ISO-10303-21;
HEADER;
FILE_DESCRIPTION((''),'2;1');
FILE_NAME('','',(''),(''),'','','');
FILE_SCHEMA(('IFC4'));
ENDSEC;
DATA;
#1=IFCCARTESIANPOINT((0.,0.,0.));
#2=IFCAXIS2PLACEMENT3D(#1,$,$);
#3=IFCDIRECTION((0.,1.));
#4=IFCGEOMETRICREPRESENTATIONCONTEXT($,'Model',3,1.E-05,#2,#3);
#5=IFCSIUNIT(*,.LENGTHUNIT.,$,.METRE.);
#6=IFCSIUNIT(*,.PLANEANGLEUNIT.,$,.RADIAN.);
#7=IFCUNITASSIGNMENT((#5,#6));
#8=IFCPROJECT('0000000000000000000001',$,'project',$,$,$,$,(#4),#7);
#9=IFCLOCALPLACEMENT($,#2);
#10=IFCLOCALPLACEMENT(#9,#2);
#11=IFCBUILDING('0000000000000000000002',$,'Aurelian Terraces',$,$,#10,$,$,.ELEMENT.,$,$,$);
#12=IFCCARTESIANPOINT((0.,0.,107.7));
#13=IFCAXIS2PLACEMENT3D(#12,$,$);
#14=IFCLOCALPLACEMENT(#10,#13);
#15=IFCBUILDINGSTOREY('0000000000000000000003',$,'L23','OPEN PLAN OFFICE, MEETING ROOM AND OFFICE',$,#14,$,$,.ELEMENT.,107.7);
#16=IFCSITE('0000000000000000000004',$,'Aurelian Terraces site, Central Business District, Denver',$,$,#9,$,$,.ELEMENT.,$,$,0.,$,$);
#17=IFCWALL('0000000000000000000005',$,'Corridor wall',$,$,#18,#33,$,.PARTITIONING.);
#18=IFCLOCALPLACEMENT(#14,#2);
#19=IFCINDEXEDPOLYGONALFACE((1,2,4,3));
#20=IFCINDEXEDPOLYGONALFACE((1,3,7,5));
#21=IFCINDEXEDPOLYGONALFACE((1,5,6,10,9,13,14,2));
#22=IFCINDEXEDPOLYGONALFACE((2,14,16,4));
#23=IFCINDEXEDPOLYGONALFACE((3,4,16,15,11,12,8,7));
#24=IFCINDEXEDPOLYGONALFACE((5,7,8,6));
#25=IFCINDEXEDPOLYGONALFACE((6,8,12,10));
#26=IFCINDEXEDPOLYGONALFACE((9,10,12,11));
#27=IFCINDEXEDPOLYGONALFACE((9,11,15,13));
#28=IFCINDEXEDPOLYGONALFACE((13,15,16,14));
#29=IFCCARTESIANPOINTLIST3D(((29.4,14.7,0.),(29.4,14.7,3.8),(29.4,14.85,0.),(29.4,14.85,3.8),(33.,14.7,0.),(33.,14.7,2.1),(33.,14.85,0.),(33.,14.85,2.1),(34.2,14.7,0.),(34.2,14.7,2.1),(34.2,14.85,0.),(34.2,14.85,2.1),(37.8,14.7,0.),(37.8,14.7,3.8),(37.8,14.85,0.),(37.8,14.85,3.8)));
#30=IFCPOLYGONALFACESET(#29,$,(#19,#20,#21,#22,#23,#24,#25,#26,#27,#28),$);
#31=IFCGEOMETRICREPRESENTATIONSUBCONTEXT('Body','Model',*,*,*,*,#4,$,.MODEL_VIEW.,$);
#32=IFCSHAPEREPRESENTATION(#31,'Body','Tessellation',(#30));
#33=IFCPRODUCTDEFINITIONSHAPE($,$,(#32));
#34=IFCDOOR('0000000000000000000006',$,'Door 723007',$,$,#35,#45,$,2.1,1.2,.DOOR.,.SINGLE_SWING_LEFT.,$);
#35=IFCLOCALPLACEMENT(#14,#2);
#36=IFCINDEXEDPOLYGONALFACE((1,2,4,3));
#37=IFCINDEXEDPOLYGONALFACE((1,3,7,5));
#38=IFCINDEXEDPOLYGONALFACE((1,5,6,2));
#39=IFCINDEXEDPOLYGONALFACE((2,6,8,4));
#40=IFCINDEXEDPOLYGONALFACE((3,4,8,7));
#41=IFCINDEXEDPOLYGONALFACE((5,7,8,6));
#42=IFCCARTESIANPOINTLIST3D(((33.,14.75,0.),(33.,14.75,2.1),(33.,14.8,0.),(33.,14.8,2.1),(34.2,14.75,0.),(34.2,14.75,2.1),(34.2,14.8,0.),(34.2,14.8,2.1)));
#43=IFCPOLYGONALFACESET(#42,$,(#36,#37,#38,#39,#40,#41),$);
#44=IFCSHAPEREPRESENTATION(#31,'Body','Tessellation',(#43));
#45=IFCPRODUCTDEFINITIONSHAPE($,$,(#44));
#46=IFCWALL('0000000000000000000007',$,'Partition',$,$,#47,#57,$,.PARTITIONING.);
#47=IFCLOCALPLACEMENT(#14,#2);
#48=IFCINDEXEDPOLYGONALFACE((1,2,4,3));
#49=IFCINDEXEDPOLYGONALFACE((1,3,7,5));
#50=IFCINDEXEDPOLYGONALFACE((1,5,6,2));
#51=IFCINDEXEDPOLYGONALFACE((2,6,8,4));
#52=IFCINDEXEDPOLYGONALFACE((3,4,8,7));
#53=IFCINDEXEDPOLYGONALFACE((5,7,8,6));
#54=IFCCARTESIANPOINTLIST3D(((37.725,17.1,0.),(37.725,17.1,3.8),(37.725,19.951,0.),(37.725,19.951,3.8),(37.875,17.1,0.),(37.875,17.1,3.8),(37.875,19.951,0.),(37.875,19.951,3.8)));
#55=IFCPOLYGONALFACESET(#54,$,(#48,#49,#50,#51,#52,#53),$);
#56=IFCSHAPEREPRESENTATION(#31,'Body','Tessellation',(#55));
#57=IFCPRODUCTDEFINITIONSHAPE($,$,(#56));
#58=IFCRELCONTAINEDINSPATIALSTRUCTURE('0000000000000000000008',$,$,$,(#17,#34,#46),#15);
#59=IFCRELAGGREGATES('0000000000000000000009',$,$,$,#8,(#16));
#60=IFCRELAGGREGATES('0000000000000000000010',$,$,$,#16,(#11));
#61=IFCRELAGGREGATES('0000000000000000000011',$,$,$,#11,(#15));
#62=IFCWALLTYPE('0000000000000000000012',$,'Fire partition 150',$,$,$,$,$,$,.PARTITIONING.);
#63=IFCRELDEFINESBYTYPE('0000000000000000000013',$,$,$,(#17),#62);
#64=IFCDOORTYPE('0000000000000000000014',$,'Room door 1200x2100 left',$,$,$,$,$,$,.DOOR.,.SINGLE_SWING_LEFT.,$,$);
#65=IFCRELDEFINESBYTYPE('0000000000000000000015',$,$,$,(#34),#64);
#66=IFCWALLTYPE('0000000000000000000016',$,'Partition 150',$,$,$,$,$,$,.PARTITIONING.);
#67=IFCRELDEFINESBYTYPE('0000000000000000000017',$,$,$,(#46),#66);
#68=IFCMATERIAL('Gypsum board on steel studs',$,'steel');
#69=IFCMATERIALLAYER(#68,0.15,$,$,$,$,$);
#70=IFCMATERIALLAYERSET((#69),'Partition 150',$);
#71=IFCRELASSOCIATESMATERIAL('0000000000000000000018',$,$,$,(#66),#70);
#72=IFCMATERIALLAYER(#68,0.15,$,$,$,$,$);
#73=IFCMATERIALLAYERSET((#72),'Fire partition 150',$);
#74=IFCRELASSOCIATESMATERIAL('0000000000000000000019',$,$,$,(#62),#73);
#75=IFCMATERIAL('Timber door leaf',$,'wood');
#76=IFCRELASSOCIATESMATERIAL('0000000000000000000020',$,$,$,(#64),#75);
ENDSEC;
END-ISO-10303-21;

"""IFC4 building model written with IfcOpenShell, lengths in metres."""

from ifc_helpers import new_model, si_unit, direction, frame, frame_2d, origin, place, context, subcontext, project, spatial, rectangle, extrude, source, transform, mapped, material, layer, layer_set, type_object, element, fill, save


model = new_model("IFC4")

# Units and contexts
model_context = context("Model", 3, precision=1e-05, world=origin(), true_north=direction((0.0, 1.0)))
body_context = subcontext(model_context, "Body", "Model", "MODEL_VIEW")
ifc_project = project(units=[si_unit("LENGTHUNIT", "METRE"), si_unit("PLANEANGLEUNIT", "RADIAN")], contexts=[model_context])

# Site, building, storey
site_placement = place(None, origin())
site = spatial("IfcSite", under=ifc_project, at=site_placement, Name="Aurelian Terraces site, Central Business District, Denver", CompositionType="ELEMENT", RefElevation=0.0)
building_placement = place(site_placement, origin())
building = spatial("IfcBuilding", under=site, at=building_placement, Name="Aurelian Terraces", CompositionType="ELEMENT")
storey_placement = place(building_placement, frame((0.0, 0.0, 107.7)))
storey = spatial("IfcBuildingStorey", under=building, at=storey_placement, Name="L23", Description="OPEN PLAN OFFICE, MEETING ROOM AND OFFICE", CompositionType="ELEMENT", Elevation=107.7)

# Shared definitions
ifc_material_1 = material(Name="Gypsum board on steel studs", Category="steel")
ifc_layer_1 = layer(ifc_material_1, 0.15)
ifc_layer_set_1 = layer_set([ifc_layer_1], Name="Partition 150")
wall_type_1 = type_object("IfcWallType", Name="Partition 150", PredefinedType="PARTITIONING", material=ifc_layer_set_1)

# Shared definitions
ifc_layer_2 = layer(ifc_material_1, 0.15)
ifc_layer_set_2 = layer_set([ifc_layer_2], Name="Fire partition 150")
wall_type_2 = type_object("IfcWallType", Name="Fire partition 150", PredefinedType="PARTITIONING", material=ifc_layer_set_2)
ifc_material_2 = material(Name="Timber door leaf", Category="wood")

# Shared definitions
shared_shape_1 = source(origin(), body_context, "Body", "SweptSolid", [
    extrude(rectangle(XDim=8.4, YDim=0.15, at=frame_2d((4.2, 0.0))), origin(), (0.0, 0.0, 1.0), 3.8),
])

# Wall, opening, door
wall_1_placement = place(storey_placement, frame((37.8, 14.775, 0.0), z_axis=(0.0, 0.0, 1.0), x_axis=(-1.0, 0.0, 0.0)))
wall_1 = element("IfcWall", 1, at=wall_1_placement, inside=storey, type_object=wall_type_2, Name="Corridor wall", PredefinedType="PARTITIONING", context=body_context, shape_type="MappedRepresentation", body=[
    mapped(shared_shape_1, transform((0.0, 0.0, 0.0), scale=1.0)),
])
shared_shape_2 = source(origin(), body_context, "Body", "SweptSolid", [
    extrude(rectangle(XDim=1.2, YDim=2.1, at=frame_2d((0.6, 1.05))), frame((0.0, 0.085, 0.0), z_axis=(0.0, -1.0, 0.0), x_axis=(1.0, 0.0, 0.0)), (0.0, 0.0, 1.0), 0.17),
])
opening_1_placement = place(wall_1_placement, frame((3.6, 0.0, 0.0)))
opening_1 = element("IfcOpeningElement", 2, at=opening_1_placement, cuts=wall_1, PredefinedType="OPENING", context=body_context, shape_type="MappedRepresentation", body=[
    mapped(shared_shape_2, transform((0.0, 0.0, 0.0), scale=1.0)),
])
door_type_1 = type_object("IfcDoorType", Name="Room door 1200x2100 left", OperationType="SINGLE_SWING_LEFT", PredefinedType="DOOR", material=ifc_material_2)
shared_shape_3 = source(origin(), body_context, "Body", "SweptSolid", [
    extrude(rectangle(XDim=1.2, YDim=2.1, at=frame_2d((0.6, 1.05))), frame((0.0, 0.025, 0.0), z_axis=(0.0, -1.0, 0.0), x_axis=(1.0, 0.0, 0.0)), (0.0, 0.0, 1.0), 0.05),
])
door_1_placement = place(opening_1_placement, origin())
door_1 = element("IfcDoor", 3, at=door_1_placement, inside=storey, type_object=door_type_1, Name="Door 723007", OperationType="SINGLE_SWING_LEFT", OverallHeight=2.1, OverallWidth=1.2, PredefinedType="DOOR", context=body_context, shape_type="MappedRepresentation", body=[
    mapped(shared_shape_3, transform((0.0, 0.0, 0.0), scale=1.0)),
])
fill(opening_1, door_1)

# Wall
shared_shape_4 = source(origin(), body_context, "Body", "SweptSolid", [
    extrude(rectangle(XDim=2.851, YDim=0.15, at=frame_2d((1.4255, 0.0))), origin(), (0.0, 0.0, 1.0), 3.8),
])
wall_2_placement = place(storey_placement, frame((37.8, 17.1, 0.0), z_axis=(0.0, 0.0, 1.0), x_axis=(0.0, 1.0, 0.0)))
element("IfcWall", 4, at=wall_2_placement, inside=storey, type_object=wall_type_1, Name="Partition", PredefinedType="PARTITIONING", context=body_context, shape_type="MappedRepresentation", body=[
    mapped(shared_shape_4, transform((0.0, 0.0, 0.0), scale=1.0)),
])

save(model, "model.ifc")
